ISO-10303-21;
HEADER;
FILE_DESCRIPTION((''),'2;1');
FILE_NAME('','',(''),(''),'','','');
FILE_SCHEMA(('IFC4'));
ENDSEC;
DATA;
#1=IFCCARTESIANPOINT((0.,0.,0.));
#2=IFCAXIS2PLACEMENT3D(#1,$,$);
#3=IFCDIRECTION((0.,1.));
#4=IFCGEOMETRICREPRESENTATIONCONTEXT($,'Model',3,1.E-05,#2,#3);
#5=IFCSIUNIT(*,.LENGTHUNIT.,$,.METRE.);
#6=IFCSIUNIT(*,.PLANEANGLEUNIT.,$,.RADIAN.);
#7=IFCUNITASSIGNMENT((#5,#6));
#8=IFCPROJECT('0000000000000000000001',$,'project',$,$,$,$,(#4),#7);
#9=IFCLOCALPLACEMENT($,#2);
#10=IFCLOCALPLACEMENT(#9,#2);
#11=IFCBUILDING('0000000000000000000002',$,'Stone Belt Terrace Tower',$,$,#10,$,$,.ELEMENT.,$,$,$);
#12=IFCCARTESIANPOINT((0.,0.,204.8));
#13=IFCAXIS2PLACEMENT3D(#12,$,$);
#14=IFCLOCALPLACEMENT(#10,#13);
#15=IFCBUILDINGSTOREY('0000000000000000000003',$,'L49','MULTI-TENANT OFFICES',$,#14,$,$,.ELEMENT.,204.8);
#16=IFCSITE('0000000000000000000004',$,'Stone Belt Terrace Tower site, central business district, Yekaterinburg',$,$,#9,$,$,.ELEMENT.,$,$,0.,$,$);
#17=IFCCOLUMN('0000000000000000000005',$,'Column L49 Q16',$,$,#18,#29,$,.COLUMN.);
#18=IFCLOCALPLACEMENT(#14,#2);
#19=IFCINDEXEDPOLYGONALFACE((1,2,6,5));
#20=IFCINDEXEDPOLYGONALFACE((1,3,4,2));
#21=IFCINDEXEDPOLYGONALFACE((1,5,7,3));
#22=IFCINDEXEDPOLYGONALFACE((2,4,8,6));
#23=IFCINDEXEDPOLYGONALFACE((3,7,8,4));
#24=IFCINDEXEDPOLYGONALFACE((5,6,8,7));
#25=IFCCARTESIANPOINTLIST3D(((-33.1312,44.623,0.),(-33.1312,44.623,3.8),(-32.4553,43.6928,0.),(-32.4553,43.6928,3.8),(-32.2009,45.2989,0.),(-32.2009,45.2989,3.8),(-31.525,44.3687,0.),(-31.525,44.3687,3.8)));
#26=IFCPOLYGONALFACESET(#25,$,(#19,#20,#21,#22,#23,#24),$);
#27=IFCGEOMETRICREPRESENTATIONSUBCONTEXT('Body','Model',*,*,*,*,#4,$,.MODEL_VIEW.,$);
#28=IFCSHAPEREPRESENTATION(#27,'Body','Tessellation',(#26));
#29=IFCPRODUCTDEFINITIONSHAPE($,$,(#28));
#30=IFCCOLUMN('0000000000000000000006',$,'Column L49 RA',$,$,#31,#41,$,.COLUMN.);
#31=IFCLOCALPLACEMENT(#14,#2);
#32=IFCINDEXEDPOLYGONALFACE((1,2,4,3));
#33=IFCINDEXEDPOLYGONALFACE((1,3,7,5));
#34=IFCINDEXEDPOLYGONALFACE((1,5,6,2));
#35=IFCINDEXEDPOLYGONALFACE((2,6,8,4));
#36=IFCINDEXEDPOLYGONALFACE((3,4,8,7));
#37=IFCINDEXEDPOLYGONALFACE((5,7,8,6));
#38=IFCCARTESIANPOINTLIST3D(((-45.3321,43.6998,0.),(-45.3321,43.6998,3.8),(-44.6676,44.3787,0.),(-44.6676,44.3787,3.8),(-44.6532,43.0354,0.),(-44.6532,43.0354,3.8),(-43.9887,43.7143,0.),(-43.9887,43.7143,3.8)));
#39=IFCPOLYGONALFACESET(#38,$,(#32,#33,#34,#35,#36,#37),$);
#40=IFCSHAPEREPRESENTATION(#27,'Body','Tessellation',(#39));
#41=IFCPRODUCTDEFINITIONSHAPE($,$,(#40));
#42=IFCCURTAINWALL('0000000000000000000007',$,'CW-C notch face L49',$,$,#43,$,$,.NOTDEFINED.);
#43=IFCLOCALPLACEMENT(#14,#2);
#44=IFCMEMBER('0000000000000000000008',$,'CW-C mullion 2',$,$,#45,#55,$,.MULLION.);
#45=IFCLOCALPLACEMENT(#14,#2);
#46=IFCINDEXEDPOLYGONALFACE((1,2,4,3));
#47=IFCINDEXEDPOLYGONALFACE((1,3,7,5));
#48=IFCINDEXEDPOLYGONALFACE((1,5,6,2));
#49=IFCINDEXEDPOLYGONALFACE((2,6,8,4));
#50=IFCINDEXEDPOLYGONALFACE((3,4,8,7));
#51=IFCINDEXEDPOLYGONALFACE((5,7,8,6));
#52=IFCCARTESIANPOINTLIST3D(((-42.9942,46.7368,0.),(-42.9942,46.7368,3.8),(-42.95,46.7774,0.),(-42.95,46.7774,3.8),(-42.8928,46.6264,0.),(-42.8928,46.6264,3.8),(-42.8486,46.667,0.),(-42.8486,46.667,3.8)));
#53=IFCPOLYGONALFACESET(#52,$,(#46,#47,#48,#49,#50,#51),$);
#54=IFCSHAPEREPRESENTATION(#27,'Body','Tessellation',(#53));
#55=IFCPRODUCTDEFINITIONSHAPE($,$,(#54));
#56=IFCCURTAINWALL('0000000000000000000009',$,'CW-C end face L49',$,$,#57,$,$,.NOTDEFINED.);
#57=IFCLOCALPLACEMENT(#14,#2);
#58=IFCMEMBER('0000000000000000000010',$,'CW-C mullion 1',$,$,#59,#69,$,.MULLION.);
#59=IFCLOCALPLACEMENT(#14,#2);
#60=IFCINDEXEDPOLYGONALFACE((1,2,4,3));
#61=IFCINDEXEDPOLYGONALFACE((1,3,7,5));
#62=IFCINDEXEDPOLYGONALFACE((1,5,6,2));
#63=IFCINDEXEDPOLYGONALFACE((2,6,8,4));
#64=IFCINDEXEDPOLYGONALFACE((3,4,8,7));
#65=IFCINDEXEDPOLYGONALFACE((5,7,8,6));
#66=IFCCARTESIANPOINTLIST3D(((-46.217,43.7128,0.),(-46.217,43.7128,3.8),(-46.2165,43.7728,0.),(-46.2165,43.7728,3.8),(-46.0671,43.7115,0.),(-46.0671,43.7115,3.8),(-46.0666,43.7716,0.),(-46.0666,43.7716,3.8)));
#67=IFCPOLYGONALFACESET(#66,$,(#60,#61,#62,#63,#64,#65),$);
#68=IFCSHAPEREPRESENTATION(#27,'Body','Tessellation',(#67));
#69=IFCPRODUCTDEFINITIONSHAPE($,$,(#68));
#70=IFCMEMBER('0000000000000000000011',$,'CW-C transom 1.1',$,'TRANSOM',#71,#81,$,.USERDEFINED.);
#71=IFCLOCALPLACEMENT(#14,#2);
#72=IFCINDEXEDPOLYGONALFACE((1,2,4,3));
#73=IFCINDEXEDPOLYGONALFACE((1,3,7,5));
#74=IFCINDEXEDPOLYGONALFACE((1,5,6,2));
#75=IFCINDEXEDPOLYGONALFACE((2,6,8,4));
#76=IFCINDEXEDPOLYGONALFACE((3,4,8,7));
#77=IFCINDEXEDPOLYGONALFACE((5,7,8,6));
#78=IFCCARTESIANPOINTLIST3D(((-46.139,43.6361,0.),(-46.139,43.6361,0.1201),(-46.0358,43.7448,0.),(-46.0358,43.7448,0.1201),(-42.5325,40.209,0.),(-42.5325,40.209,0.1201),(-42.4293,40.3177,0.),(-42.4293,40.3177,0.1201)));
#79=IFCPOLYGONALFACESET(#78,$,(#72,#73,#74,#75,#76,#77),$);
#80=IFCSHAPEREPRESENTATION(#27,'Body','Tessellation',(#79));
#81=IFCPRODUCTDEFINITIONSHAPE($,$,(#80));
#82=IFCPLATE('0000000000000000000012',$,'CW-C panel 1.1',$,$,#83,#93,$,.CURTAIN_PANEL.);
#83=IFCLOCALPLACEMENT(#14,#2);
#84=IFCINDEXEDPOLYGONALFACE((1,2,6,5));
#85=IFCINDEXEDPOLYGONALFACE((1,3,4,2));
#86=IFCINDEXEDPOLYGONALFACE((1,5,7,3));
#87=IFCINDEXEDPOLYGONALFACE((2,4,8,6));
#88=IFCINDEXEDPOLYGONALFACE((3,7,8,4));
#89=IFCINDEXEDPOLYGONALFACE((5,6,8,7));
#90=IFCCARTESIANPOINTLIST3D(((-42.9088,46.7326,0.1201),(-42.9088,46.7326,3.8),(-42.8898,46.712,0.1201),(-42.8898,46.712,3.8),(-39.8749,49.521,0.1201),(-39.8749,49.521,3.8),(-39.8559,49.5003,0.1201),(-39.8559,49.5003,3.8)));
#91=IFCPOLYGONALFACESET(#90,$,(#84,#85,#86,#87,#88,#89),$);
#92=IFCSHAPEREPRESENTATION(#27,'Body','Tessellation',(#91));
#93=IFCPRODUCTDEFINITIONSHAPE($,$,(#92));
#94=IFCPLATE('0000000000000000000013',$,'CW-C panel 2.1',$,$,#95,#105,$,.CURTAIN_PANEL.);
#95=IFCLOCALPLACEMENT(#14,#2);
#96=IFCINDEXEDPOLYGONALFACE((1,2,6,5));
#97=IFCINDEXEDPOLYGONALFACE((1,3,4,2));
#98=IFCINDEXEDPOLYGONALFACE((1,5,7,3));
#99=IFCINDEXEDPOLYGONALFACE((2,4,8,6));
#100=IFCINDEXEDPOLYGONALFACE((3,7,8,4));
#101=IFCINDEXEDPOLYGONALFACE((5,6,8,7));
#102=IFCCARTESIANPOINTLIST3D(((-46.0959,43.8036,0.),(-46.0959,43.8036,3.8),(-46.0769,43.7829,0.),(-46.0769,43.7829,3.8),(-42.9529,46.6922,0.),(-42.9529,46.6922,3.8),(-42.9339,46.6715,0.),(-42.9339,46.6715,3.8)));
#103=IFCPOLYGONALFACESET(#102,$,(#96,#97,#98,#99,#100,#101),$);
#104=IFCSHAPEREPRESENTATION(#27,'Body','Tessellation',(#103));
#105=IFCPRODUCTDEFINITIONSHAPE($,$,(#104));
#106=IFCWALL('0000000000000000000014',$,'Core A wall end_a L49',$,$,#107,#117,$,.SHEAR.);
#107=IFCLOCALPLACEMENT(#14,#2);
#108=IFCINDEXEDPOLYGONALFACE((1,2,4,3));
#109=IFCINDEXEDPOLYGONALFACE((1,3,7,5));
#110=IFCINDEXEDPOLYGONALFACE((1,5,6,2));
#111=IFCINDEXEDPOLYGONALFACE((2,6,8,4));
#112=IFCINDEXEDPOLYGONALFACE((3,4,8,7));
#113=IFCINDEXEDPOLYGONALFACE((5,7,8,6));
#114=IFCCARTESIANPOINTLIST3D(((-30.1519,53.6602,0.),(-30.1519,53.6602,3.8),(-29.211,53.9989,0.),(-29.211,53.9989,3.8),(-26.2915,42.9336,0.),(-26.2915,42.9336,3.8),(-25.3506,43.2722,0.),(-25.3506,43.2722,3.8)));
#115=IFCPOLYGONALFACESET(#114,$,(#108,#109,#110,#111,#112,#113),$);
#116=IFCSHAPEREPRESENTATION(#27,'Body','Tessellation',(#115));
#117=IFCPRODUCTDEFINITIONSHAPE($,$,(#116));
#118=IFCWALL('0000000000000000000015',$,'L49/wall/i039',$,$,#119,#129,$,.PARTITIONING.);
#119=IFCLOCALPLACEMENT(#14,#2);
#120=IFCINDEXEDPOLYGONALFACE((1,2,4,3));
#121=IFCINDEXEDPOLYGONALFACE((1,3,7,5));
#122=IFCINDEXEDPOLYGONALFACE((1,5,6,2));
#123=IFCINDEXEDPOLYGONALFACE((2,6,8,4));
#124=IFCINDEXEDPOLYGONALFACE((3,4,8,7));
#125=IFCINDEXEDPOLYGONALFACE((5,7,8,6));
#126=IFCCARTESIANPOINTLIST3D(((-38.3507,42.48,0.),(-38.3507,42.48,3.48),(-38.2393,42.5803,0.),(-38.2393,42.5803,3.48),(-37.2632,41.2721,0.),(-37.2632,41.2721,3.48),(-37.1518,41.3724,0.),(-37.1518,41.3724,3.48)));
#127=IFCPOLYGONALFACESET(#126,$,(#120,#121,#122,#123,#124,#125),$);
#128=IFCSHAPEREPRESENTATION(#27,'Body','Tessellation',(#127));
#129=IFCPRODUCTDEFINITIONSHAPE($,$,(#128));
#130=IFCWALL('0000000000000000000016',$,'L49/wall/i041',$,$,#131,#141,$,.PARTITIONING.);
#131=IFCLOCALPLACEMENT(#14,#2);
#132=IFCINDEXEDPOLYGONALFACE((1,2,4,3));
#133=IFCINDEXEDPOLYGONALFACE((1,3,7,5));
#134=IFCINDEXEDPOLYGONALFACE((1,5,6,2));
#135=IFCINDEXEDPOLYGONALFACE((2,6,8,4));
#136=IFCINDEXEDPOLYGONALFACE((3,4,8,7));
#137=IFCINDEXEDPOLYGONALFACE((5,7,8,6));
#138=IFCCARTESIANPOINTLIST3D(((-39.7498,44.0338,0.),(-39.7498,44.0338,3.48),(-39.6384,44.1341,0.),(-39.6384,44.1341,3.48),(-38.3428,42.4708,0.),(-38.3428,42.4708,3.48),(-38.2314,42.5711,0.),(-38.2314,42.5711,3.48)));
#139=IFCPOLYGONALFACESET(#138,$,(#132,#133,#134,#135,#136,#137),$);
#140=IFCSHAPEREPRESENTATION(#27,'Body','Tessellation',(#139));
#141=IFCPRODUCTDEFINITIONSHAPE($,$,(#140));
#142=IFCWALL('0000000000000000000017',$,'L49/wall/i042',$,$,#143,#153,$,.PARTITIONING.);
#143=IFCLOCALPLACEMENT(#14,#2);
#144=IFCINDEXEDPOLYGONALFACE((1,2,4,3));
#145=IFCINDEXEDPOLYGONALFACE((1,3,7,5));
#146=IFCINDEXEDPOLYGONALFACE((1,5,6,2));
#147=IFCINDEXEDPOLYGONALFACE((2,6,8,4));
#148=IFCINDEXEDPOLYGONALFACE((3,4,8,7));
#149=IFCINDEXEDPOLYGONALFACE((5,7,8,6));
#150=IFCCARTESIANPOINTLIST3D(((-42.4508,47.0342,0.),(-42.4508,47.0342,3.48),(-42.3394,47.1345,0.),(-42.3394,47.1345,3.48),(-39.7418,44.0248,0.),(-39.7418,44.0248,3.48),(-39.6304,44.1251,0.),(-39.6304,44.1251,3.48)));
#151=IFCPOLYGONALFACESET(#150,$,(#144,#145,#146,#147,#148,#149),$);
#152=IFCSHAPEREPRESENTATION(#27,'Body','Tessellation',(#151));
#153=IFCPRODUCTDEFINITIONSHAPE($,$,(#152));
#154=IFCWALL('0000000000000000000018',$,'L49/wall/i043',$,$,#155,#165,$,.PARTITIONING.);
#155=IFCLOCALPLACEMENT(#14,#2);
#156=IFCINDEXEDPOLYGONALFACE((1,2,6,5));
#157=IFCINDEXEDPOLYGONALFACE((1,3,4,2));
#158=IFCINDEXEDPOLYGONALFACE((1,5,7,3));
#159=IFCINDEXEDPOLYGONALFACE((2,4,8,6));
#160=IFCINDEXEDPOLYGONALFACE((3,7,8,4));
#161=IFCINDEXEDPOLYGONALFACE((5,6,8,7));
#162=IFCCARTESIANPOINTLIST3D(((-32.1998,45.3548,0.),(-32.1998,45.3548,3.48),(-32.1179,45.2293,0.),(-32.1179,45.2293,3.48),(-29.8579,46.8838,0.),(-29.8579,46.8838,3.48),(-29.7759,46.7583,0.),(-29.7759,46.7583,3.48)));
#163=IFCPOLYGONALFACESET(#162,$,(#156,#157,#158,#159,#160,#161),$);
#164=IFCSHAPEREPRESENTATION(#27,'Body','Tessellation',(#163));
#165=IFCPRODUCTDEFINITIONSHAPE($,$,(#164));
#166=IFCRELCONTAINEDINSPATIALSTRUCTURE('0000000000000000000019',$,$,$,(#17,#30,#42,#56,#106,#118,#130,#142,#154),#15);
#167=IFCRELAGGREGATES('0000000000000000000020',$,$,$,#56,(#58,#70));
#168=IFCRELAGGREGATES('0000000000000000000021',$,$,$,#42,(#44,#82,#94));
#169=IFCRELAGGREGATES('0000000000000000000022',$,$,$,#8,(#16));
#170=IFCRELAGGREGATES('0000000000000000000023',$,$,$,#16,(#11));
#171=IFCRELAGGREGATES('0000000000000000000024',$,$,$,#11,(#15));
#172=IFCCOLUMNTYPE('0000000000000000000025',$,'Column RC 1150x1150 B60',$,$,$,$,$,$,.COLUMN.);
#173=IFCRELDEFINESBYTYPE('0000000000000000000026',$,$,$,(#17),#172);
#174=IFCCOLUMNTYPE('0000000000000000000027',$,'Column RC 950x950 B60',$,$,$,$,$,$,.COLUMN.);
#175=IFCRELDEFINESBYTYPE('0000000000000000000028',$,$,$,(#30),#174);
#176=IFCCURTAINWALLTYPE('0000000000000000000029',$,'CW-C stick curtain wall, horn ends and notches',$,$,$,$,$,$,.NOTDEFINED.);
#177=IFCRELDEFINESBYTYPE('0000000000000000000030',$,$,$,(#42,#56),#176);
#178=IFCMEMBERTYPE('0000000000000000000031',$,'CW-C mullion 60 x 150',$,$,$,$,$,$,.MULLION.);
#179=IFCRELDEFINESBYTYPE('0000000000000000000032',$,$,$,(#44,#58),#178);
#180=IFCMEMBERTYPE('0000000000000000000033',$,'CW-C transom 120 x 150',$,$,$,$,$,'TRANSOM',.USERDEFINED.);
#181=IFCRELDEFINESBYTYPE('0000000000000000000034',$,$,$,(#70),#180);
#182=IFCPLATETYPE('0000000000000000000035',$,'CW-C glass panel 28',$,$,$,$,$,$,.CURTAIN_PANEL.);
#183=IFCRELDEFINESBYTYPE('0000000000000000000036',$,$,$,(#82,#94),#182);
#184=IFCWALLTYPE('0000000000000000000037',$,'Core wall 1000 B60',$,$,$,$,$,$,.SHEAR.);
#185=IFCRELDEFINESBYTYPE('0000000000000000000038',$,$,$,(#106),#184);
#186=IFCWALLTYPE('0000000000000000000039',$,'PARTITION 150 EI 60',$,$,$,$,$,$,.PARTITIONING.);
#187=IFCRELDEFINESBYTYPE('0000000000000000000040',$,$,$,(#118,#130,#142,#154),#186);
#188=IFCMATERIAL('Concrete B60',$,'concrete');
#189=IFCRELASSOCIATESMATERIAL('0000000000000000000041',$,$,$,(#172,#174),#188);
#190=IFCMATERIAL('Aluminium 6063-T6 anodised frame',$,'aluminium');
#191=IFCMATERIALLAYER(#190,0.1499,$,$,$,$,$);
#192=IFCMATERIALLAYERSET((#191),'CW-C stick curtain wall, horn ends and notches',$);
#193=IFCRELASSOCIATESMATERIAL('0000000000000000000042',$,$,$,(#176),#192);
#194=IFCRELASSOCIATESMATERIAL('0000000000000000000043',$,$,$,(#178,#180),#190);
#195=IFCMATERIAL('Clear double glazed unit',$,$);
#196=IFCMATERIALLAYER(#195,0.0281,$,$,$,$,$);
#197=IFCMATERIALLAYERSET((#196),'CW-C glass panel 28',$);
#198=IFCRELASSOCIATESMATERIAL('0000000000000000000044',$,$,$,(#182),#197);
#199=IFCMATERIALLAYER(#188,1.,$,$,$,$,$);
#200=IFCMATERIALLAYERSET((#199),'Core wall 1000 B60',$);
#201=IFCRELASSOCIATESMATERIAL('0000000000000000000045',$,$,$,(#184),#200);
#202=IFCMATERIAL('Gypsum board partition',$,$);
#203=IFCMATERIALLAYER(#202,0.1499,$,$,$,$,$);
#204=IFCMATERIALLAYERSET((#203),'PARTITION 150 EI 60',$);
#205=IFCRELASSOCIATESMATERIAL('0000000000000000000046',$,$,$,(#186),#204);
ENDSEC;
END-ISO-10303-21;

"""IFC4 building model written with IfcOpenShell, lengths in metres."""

from ifc_helpers import new_model, si_unit, direction, frame, frame_2d, origin, origin_2d, place, context, subcontext, project, spatial, rectangle, extrude, material, layer, layer_set, material_profile, profile_set, type_object, element, aggregate, save


model = new_model("IFC4")

# Units and contexts
model_context = context("Model", 3, precision=1e-05, world=origin(), true_north=direction((0.0, 1.0)))
body_context = subcontext(model_context, "Body", "Model", "MODEL_VIEW")
ifc_project = project(units=[si_unit("LENGTHUNIT", "METRE"), si_unit("PLANEANGLEUNIT", "RADIAN")], contexts=[model_context])

# Site, building, storey
site_placement = place(None, origin())
site = spatial("IfcSite", under=ifc_project, at=site_placement, Name="Stone Belt Terrace Tower site, central business district, Yekaterinburg", CompositionType="ELEMENT", RefElevation=0.0)
building_placement = place(site_placement, origin())
building = spatial("IfcBuilding", under=site, at=building_placement, Name="Stone Belt Terrace Tower", CompositionType="ELEMENT")
storey_placement = place(building_placement, frame((0.0, 0.0, 204.8)))
storey = spatial("IfcBuildingStorey", under=building, at=storey_placement, Name="L49", Description="MULTI-TENANT OFFICES", CompositionType="ELEMENT", Elevation=204.8)

# Columns
ifc_material_1 = material(Name="Concrete B60", Category="concrete")
ifc_material_profile_1 = material_profile(ifc_material_1, rectangle(XDim=1.1499, YDim=1.1499, at=origin_2d()), Name="RC 1150x1150")
ifc_profile_set_1 = profile_set([ifc_material_profile_1], Name="Concrete B60")
column_type_1 = type_object("IfcColumnType", Name="Column RC 1150x1150 B60", PredefinedType="COLUMN", material=ifc_profile_set_1)
column_1_placement = place(storey_placement, frame((-32.3281, 44.4958, 0.0), z_axis=(0.0, 0.0, 1.0), x_axis=(0.809017, 0.587785, 0.0)))
element("IfcColumn", 1, at=column_1_placement, inside=storey, type_object=column_type_1, Name="Column L49 Q16", PredefinedType="COLUMN", context=body_context, shape_type="SweptSolid", body=[
    extrude(rectangle(XDim=1.1499, YDim=1.1499, at=origin_2d()), origin(), (0.0, 0.0, 1.0), 3.8),
])
ifc_material_profile_2 = material_profile(ifc_material_1, rectangle(XDim=0.95, YDim=0.95, at=origin_2d()), Name="RC 950x950")
ifc_profile_set_2 = profile_set([ifc_material_profile_2], Name="Concrete B60")
column_type_2 = type_object("IfcColumnType", Name="Column RC 950x950 B60", PredefinedType="COLUMN", material=ifc_profile_set_2)
column_2_placement = place(storey_placement, frame((-44.6604, 43.707, 0.0), z_axis=(0.0, 0.0, 1.0), x_axis=(0.699438, 0.714694, 0.0)))
element("IfcColumn", 2, at=column_2_placement, inside=storey, type_object=column_type_2, Name="Column L49 RA", PredefinedType="COLUMN", context=body_context, shape_type="SweptSolid", body=[
    extrude(rectangle(XDim=0.95, YDim=0.95, at=origin_2d()), origin(), (0.0, 0.0, 1.0), 3.8),
])

# Curtain wall, member
ifc_material_2 = material(Name="Aluminium 6063-T6 anodised frame", Category="aluminium")
ifc_layer_1 = layer(ifc_material_2, 0.1499)
ifc_layer_set_1 = layer_set([ifc_layer_1], Name="CW-C stick curtain wall, horn ends and notches")
curtain_wall_type = type_object("IfcCurtainWallType", Name="CW-C stick curtain wall, horn ends and notches", PredefinedType="NOTDEFINED", material=ifc_layer_set_1)
curtain_wall_1_placement = place(storey_placement, origin())
curtain_wall_1 = element("IfcCurtainWall", 3, at=curtain_wall_1_placement, inside=storey, type_object=curtain_wall_type, Name="CW-C notch face L49", PredefinedType="NOTDEFINED")
ifc_material_profile_3 = material_profile(ifc_material_2, rectangle(XDim=0.1499, YDim=0.0601, at=origin_2d()), Name="Aluminium 6063-T6 60x150")
ifc_profile_set_3 = profile_set([ifc_material_profile_3], Name="Aluminium 6063-T6 anodised frame")
member_type_1 = type_object("IfcMemberType", Name="CW-C mullion 60 x 150", PredefinedType="MULLION", material=ifc_profile_set_3)
member_1_placement = place(storey_placement, frame((-42.9214, 46.7019, 0.0), z_axis=(0.0, 0.0, 1.0), x_axis=(0.676677, -0.73628, 0.0)))
member_1 = element("IfcMember", 4, at=member_1_placement, type_object=member_type_1, Name="CW-C mullion 2", PredefinedType="MULLION", context=body_context, shape_type="SweptSolid", body=[
    extrude(rectangle(XDim=0.1499, YDim=0.0601, at=origin_2d()), origin(), (0.0, 0.0, 1.0), 3.8),
])

# Curtain wall, members
curtain_wall_2_placement = place(storey_placement, origin())
curtain_wall_2 = element("IfcCurtainWall", 5, at=curtain_wall_2_placement, inside=storey, type_object=curtain_wall_type, Name="CW-C end face L49", PredefinedType="NOTDEFINED")
member_2_placement = place(storey_placement, frame((-46.1418, 43.7422, 0.0), z_axis=(0.0, 0.0, 1.0), x_axis=(0.999965, -0.008324, 0.0)))
member_2 = element("IfcMember", 6, at=member_2_placement, type_object=member_type_1, Name="CW-C mullion 1", PredefinedType="MULLION", context=body_context, shape_type="SweptSolid", body=[
    extrude(rectangle(XDim=0.1499, YDim=0.0601, at=origin_2d()), origin(), (0.0, 0.0, 1.0), 3.8),
])
ifc_material_profile_4 = material_profile(ifc_material_2, rectangle(XDim=0.1499, YDim=0.1201, at=origin_2d()), Name="Aluminium 6063-T6 150x120")
ifc_profile_set_4 = profile_set([ifc_material_profile_4], Name="Aluminium 6063-T6 anodised frame")
member_type_2 = type_object("IfcMemberType", Name="CW-C transom 120 x 150", ElementType="TRANSOM", PredefinedType="USERDEFINED", material=ifc_profile_set_4)
member_3_placement = place(storey_placement, frame((-46.0874, 43.6904, 0.0601), z_axis=(0.724911, -0.688842, 0.0), x_axis=(0.688842, 0.724911, 0.0)))
member_3 = element("IfcMember", 7, at=member_3_placement, type_object=member_type_2, Name="CW-C transom 1.1", ObjectType="TRANSOM", PredefinedType="USERDEFINED", context=body_context, shape_type="SweptSolid", body=[
    extrude(rectangle(XDim=0.1499, YDim=0.1201, at=origin_2d()), origin(), (0.0, 0.0, 1.0), 4.9751),
])
aggregate(curtain_wall_2, [member_2, member_3])

# Plates
ifc_material_3 = material(Name="Clear double glazed unit")
ifc_layer_2 = layer(ifc_material_3, 0.0281)
ifc_layer_set_2 = layer_set([ifc_layer_2], Name="CW-C glass panel 28")
plate_type = type_object("IfcPlateType", Name="CW-C glass panel 28", PredefinedType="CURTAIN_PANEL", material=ifc_layer_set_2)
plate_1_placement = place(storey_placement, frame((-41.3823, 48.1165, 0.1201), z_axis=(0.0, 0.0, 1.0), x_axis=(-0.73628, -0.676677, 0.0)))
plate_1 = element("IfcPlate", 8, at=plate_1_placement, type_object=plate_type, Name="CW-C panel 1.1", PredefinedType="CURTAIN_PANEL", context=body_context, shape_type="SweptSolid", body=[
    extrude(rectangle(XDim=4.1206, YDim=0.0281, at=origin_2d()), origin(), (0.0, 0.0, 1.0), 3.6799),
])
plate_2_placement = place(storey_placement, frame((-44.5149, 45.2375, 0.0), z_axis=(0.0, 0.0, 1.0), x_axis=(-0.73628, -0.676677, 0.0)))
plate_2 = element("IfcPlate", 9, at=plate_2_placement, type_object=plate_type, Name="CW-C panel 2.1", PredefinedType="CURTAIN_PANEL", context=body_context, shape_type="SweptSolid", body=[
    extrude(rectangle(XDim=4.2688, YDim=0.0281, at=origin_2d()), origin(), (0.0, 0.0, 1.0), 3.8),
])
aggregate(curtain_wall_1, [member_1, plate_1, plate_2])

# Walls
ifc_layer_3 = layer(ifc_material_1, 1.0)
ifc_layer_set_3 = layer_set([ifc_layer_3], Name="Core wall 1000 B60")
wall_type_1 = type_object("IfcWallType", Name="Core wall 1000 B60", PredefinedType="SHEAR", material=ifc_layer_set_3)
wall_1_placement = place(storey_placement, frame((-25.821, 43.1028, 0.0), z_axis=(0.0, 0.0, 1.0), x_axis=(-0.338625, 0.940921, 0.0)))
element("IfcWall", 10, at=wall_1_placement, inside=storey, type_object=wall_type_1, Name="Core A wall end_a L49", PredefinedType="SHEAR", context=body_context, shape_type="SweptSolid", body=[
    extrude(rectangle(XDim=11.4001, YDim=1.0, at=frame_2d((5.7002, 0.0))), origin(), (0.0, 0.0, 1.0), 3.8),
])
ifc_material_4 = material(Name="Gypsum board partition")
ifc_layer_4 = layer(ifc_material_4, 0.1499)
ifc_layer_set_4 = layer_set([ifc_layer_4], Name="PARTITION 150 EI 60")
wall_type_2 = type_object("IfcWallType", Name="PARTITION 150 EI 60", PredefinedType="PARTITIONING", material=ifc_layer_set_4)
wall_2_placement = place(storey_placement, frame((-38.2949, 42.53, 0.0), z_axis=(0.0, 0.0, 1.0), x_axis=(0.669106, -0.743167, 0.0)))
element("IfcWall", 11, at=wall_2_placement, inside=storey, type_object=wall_type_2, Name="L49/wall/i039", PredefinedType="PARTITIONING", context=body_context, shape_type="SweptSolid", body=[
    extrude(rectangle(XDim=1.6252, YDim=0.1499, at=frame_2d((0.8125, 0.0))), origin(), (0.0, 0.0, 1.0), 3.48),
])
wall_3_placement = place(storey_placement, frame((-39.6941, 44.084, 0.0), z_axis=(0.0, 0.0, 1.0), x_axis=(0.669042, -0.743225, 0.0)))
element("IfcWall", 12, at=wall_3_placement, inside=storey, type_object=wall_type_2, Name="L49/wall/i041", PredefinedType="PARTITIONING", context=body_context, shape_type="SweptSolid", body=[
    extrude(rectangle(XDim=2.103, YDim=0.1499, at=frame_2d((1.0515, 0.0))), origin(), (0.0, 0.0, 1.0), 3.48),
])
wall_4_placement = place(storey_placement, frame((-42.395, 47.0842, 0.0), z_axis=(0.0, 0.0, 1.0), x_axis=(0.669051, -0.743216, 0.0)))
element("IfcWall", 13, at=wall_4_placement, inside=storey, type_object=wall_type_2, Name="L49/wall/i042", PredefinedType="PARTITIONING", context=body_context, shape_type="SweptSolid", body=[
    extrude(rectangle(XDim=4.0491, YDim=0.1499, at=frame_2d((2.0244, 0.0))), origin(), (0.0, 0.0, 1.0), 3.48),
])
wall_5_placement = place(storey_placement, frame((-29.8169, 46.821, 0.0), z_axis=(0.0, 0.0, 1.0), x_axis=(-0.837343, -0.546678, 0.0)))
element("IfcWall", 14, at=wall_5_placement, inside=storey, type_object=wall_type_2, Name="L49/wall/i043", PredefinedType="PARTITIONING", context=body_context, shape_type="SweptSolid", body=[
    extrude(rectangle(XDim=2.7969, YDim=0.1499, at=frame_2d((1.3984, 0.0))), origin(), (0.0, 0.0, 1.0), 3.48),
])

save(model, "model.ifc")
